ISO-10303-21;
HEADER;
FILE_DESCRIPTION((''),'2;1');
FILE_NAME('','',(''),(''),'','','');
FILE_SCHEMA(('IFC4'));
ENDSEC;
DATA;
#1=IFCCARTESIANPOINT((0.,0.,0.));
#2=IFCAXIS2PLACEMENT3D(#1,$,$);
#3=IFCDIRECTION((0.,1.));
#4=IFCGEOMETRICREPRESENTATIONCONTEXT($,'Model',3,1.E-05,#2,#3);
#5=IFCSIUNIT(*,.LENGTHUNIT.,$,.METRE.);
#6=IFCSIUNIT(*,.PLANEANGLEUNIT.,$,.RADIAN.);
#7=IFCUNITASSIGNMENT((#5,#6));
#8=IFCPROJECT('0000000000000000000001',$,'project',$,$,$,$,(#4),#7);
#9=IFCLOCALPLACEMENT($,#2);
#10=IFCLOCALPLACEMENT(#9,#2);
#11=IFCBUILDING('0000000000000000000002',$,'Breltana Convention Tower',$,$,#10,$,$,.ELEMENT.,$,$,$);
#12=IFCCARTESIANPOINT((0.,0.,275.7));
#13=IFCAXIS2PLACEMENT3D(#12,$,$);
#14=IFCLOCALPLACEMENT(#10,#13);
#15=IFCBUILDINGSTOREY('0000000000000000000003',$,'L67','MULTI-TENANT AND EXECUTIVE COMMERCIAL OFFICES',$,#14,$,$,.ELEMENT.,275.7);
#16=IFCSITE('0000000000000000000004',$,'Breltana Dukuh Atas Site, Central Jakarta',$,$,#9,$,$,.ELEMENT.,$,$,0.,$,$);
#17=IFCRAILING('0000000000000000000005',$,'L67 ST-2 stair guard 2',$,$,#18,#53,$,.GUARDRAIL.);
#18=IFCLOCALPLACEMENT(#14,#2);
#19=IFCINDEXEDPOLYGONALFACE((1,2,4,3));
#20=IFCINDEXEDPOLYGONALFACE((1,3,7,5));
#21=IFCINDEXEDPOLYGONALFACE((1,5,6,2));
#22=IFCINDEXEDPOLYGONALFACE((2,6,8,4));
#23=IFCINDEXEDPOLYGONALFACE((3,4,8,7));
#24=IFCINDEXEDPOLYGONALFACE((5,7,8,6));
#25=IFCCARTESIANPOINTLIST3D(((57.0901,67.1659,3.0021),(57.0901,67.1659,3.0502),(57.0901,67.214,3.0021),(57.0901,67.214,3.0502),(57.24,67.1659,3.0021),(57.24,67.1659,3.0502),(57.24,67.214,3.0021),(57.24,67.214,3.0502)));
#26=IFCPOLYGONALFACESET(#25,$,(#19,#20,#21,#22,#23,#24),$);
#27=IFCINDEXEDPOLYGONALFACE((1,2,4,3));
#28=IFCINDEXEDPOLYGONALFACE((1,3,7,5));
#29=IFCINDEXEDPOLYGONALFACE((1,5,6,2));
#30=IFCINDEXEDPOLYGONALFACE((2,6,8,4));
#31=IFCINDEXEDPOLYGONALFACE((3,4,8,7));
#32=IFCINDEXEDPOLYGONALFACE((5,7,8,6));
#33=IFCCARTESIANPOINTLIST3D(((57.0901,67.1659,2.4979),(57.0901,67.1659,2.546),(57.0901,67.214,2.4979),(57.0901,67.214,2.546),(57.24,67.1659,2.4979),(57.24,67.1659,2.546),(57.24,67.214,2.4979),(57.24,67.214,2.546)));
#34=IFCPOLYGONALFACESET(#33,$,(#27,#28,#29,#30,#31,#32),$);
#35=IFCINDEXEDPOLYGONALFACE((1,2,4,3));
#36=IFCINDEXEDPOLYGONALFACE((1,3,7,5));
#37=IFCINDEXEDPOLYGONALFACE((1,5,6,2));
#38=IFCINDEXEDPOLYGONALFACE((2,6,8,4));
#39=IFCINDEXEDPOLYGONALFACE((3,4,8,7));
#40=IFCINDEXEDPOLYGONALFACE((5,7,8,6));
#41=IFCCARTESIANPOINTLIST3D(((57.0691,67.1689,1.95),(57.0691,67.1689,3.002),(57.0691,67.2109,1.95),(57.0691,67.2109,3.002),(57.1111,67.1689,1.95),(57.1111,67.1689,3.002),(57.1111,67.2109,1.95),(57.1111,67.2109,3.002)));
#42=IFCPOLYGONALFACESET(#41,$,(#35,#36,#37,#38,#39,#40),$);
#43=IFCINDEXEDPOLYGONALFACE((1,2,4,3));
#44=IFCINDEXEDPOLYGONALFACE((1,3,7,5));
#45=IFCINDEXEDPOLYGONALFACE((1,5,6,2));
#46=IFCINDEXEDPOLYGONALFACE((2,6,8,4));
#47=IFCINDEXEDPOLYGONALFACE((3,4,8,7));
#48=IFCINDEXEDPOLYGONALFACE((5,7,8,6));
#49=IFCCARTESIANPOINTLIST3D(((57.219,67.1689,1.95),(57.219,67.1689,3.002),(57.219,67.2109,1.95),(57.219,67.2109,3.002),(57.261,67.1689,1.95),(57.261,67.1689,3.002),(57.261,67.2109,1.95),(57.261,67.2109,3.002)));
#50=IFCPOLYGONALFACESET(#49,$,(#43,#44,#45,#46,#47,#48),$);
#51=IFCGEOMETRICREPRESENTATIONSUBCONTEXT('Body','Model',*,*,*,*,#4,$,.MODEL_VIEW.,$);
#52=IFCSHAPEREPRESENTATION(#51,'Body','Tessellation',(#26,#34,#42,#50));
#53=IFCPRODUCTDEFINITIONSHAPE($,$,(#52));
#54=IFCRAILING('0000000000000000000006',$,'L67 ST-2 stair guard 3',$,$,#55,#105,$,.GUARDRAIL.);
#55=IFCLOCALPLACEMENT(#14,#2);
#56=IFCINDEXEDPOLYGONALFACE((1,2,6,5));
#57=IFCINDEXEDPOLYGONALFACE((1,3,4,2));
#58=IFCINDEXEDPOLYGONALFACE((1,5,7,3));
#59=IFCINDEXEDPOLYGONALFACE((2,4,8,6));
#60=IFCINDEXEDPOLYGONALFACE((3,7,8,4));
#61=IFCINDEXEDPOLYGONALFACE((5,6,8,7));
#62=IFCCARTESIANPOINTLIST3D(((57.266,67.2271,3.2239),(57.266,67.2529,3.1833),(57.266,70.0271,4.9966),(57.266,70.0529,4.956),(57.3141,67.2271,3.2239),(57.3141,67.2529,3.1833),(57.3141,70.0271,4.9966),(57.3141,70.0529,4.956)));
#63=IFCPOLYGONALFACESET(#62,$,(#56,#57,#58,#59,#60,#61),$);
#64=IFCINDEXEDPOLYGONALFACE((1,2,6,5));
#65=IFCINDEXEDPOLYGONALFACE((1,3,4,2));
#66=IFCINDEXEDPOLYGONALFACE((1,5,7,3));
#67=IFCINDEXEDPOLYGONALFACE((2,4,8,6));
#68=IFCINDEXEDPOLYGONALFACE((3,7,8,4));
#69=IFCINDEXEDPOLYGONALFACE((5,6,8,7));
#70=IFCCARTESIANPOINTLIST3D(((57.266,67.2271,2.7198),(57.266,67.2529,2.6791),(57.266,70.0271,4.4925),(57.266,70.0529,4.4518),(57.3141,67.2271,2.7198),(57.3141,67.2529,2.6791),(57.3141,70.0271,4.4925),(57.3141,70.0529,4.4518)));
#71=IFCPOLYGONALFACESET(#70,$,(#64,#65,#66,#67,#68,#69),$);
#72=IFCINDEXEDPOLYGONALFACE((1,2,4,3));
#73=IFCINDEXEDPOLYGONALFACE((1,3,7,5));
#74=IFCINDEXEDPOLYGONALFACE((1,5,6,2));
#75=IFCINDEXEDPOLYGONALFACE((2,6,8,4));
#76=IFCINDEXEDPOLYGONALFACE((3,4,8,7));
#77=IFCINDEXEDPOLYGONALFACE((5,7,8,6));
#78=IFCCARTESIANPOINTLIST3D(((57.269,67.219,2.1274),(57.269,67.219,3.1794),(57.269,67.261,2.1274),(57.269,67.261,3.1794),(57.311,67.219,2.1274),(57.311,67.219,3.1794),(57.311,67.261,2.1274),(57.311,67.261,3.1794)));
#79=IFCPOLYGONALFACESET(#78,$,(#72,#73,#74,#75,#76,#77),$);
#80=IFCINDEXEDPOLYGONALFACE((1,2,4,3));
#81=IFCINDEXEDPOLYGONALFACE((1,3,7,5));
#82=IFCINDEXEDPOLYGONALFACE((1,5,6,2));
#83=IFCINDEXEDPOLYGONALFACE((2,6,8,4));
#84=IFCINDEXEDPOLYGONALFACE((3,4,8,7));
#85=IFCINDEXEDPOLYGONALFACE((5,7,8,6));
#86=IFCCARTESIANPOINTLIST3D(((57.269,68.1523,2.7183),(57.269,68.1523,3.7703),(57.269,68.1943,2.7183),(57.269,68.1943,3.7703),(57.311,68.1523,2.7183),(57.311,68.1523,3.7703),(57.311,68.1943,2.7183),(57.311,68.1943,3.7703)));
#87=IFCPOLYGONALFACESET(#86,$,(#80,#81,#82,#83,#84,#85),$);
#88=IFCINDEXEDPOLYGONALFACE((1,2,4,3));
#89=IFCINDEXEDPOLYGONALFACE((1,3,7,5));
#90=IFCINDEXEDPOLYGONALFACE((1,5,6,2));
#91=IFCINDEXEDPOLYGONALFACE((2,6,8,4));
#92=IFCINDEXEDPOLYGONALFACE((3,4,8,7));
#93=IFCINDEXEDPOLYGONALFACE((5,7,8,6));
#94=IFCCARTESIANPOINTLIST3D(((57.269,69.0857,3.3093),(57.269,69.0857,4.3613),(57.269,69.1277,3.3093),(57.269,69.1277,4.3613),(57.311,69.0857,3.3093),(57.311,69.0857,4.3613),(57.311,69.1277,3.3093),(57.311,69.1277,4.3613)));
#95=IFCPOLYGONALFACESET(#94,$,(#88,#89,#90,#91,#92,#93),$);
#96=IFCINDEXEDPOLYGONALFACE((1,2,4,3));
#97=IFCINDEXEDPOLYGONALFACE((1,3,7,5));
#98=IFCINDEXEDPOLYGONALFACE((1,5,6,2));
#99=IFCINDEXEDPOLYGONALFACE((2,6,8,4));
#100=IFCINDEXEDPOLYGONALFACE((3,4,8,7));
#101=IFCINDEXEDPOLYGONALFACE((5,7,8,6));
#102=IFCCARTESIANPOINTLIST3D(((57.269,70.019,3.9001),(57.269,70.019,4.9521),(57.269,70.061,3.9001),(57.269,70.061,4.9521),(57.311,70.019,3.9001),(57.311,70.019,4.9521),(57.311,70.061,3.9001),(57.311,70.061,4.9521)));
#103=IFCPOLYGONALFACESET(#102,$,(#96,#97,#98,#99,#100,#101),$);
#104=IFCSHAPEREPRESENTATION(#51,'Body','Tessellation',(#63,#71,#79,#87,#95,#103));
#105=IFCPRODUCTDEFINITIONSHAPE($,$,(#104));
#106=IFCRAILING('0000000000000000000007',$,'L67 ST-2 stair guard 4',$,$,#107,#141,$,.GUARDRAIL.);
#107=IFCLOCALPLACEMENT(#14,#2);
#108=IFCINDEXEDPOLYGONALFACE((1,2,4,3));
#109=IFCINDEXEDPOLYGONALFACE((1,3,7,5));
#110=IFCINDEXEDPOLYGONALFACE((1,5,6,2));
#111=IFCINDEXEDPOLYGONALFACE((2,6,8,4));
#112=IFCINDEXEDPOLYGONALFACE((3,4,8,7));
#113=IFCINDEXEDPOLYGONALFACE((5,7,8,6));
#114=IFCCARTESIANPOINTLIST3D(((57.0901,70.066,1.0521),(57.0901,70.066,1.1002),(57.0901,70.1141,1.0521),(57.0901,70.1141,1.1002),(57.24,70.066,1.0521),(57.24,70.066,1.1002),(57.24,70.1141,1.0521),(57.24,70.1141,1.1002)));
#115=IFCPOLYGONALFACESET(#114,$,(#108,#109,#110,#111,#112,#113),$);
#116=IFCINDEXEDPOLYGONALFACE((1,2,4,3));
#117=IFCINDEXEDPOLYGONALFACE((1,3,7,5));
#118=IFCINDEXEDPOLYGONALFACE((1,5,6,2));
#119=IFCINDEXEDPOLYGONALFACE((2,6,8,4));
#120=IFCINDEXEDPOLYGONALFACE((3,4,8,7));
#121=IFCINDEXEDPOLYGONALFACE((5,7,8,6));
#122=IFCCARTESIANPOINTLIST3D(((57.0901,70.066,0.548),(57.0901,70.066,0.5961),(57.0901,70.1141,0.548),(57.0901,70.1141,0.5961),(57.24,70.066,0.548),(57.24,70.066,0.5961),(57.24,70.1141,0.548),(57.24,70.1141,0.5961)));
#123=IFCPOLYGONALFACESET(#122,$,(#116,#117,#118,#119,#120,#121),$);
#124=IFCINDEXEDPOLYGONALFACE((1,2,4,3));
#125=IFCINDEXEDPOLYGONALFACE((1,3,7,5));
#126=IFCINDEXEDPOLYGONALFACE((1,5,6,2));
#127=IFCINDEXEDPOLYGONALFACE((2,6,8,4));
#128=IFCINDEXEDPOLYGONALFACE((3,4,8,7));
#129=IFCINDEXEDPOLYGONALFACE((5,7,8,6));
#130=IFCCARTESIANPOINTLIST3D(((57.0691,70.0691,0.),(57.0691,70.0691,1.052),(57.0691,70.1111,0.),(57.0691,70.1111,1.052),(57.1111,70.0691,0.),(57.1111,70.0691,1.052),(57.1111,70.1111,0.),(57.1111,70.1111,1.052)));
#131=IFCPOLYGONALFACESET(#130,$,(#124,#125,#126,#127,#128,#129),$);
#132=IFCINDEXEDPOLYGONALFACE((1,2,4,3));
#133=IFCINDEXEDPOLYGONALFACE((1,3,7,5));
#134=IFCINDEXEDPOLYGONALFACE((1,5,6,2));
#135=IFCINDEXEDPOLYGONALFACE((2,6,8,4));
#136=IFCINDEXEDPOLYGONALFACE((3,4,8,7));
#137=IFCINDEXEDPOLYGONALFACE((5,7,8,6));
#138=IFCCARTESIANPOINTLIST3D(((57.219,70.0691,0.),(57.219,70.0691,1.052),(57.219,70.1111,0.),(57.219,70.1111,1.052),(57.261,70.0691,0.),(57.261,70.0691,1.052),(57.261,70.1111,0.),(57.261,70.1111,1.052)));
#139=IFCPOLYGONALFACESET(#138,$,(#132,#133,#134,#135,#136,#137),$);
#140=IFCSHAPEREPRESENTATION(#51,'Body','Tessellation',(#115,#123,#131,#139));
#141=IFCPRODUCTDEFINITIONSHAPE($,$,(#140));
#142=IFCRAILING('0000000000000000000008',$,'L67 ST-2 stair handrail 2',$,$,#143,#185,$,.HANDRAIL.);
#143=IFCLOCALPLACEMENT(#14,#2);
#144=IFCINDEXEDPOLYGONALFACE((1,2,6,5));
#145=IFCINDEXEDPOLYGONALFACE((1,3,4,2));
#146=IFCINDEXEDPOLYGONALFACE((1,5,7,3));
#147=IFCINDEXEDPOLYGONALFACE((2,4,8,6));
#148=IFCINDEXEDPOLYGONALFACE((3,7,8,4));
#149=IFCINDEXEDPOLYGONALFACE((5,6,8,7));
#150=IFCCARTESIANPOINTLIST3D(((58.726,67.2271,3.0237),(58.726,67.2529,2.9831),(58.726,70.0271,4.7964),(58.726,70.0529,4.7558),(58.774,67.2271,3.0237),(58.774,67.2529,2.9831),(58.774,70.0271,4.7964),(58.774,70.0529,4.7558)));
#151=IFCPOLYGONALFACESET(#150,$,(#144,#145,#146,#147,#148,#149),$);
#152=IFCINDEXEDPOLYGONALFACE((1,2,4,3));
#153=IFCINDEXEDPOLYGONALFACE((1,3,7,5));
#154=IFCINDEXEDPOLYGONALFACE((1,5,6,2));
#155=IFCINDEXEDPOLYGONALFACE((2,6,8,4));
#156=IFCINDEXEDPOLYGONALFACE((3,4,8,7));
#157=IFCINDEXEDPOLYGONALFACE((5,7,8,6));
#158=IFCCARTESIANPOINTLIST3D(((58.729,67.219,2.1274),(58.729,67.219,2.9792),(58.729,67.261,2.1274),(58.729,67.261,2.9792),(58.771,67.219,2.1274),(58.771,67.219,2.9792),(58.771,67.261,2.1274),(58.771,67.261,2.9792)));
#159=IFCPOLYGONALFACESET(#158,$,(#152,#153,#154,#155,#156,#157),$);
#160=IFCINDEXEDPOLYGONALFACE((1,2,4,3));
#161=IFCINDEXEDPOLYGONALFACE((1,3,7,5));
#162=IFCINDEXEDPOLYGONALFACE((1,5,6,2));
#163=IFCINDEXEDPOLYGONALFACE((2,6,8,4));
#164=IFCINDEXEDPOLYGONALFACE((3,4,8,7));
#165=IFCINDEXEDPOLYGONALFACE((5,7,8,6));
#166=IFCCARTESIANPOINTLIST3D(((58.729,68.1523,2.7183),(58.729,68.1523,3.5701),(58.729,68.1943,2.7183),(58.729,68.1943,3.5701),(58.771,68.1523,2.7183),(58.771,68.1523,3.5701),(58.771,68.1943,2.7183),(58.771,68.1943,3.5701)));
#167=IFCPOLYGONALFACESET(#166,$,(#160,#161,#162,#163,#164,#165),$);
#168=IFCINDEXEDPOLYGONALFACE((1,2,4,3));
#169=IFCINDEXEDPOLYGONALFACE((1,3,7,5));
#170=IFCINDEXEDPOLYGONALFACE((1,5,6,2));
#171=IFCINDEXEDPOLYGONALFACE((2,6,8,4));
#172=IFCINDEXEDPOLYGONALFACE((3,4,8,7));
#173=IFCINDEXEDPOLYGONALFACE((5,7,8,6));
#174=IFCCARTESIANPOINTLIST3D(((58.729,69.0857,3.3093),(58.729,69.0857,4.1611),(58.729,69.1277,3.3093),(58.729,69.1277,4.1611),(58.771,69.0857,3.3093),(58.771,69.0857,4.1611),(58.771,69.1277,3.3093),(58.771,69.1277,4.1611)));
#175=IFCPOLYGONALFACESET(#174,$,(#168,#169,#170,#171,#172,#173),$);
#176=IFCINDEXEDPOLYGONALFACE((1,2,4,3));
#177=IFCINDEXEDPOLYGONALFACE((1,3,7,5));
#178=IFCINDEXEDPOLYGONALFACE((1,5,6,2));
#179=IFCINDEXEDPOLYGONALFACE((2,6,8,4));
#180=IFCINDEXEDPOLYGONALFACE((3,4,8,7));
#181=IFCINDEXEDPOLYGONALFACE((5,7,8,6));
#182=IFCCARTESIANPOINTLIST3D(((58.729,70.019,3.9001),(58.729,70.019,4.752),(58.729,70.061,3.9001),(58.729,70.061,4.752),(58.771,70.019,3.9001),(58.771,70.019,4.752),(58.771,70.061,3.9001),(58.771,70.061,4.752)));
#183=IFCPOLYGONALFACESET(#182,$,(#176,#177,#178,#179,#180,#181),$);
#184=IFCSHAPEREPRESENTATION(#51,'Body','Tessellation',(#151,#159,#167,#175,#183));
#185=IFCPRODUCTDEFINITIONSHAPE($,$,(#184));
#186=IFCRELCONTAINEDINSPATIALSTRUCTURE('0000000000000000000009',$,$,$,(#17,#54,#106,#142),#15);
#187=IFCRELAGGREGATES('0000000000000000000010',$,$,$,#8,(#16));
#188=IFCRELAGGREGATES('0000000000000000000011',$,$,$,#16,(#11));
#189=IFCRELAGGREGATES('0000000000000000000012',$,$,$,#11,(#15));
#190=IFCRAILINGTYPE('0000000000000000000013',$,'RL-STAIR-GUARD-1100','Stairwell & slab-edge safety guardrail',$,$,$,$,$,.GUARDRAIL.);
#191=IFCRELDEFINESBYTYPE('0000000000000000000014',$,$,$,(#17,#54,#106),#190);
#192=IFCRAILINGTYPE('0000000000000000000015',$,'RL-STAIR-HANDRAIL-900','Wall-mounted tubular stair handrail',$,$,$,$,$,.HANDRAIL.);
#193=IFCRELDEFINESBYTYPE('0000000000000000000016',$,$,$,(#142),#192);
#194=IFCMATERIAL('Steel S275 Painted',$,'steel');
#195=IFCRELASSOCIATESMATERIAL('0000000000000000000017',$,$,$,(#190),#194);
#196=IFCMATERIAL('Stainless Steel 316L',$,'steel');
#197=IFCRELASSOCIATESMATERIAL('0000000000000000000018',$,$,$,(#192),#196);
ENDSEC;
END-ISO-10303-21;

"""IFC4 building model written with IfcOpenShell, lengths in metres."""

from ifc_helpers import new_model, si_unit, direction, frame, origin, origin_2d, place, context, subcontext, project, spatial, rectangle, extrude, material, type_object, element, save


model = new_model("IFC4")

# Units and contexts
model_context = context("Model", 3, precision=1e-05, world=origin(), true_north=direction((0.0, 1.0)))
body_context = subcontext(model_context, "Body", "Model", "MODEL_VIEW")
ifc_project = project(units=[si_unit("LENGTHUNIT", "METRE"), si_unit("PLANEANGLEUNIT", "RADIAN")], contexts=[model_context])

# Site, building, storey
site_placement = place(None, origin())
site = spatial("IfcSite", under=ifc_project, at=site_placement, Name="Breltana Dukuh Atas Site, Central Jakarta", CompositionType="ELEMENT", RefElevation=0.0)
building_placement = place(site_placement, origin())
building = spatial("IfcBuilding", under=site, at=building_placement, Name="Breltana Convention Tower", CompositionType="ELEMENT")
storey_placement = place(building_placement, frame((0.0, 0.0, 275.7)))
storey = spatial("IfcBuildingStorey", under=building, at=storey_placement, Name="L67", Description="MULTI-TENANT AND EXECUTIVE COMMERCIAL OFFICES", CompositionType="ELEMENT", Elevation=275.7)

# Railings
ifc_material_1 = material(Name="Steel S275 Painted", Category="steel")
railing_type_1 = type_object("IfcRailingType", Name="RL-STAIR-GUARD-1100", Description="Stairwell & slab-edge safety guardrail", PredefinedType="GUARDRAIL", material=ifc_material_1)
railing_1_placement = place(storey_placement, frame((57.0901, 67.1899, 1.95)))
element("IfcRailing", 1, at=railing_1_placement, inside=storey, type_object=railing_type_1, Name="L67 ST-2 stair guard 2", PredefinedType="GUARDRAIL", context=body_context, shape_type="SweptSolid", body=[
    extrude(rectangle(XDim=0.0481, YDim=0.0481, at=origin_2d()), frame((0.0, 0.0, 1.0762), z_axis=(1.0, 0.0, 0.0), x_axis=(0.0, 1.0, 0.0)), (0.0, 0.0, 1.0), 0.1499),
    extrude(rectangle(XDim=0.0481, YDim=0.0481, at=origin_2d()), frame((0.0, 0.0, 0.572), z_axis=(1.0, 0.0, 0.0), x_axis=(0.0, 1.0, 0.0)), (0.0, 0.0, 1.0), 0.1499),
    extrude(rectangle(XDim=0.042, YDim=0.042, at=origin_2d()), origin(), (0.0, 0.0, 1.0), 1.052),
    extrude(rectangle(XDim=0.042, YDim=0.042, at=origin_2d()), frame((0.1499, 0.0, 0.0)), (0.0, 0.0, 1.0), 1.052),
])
railing_2_placement = place(storey_placement, frame((57.29, 67.24, 2.1274)))
element("IfcRailing", 2, at=railing_2_placement, inside=storey, type_object=railing_type_1, Name="L67 ST-2 stair guard 3", PredefinedType="GUARDRAIL", context=body_context, shape_type="SweptSolid", body=[
    extrude(rectangle(XDim=0.0481, YDim=0.0481, at=origin_2d()), frame((0.0, 0.0, 1.0762), z_axis=(0.0, 0.844909, 0.53491), x_axis=(-1.0, 0.0, 0.0)), (0.0, 0.0, 1.0), 3.314),
    extrude(rectangle(XDim=0.0481, YDim=0.0481, at=origin_2d()), frame((0.0, 0.0, 0.572), z_axis=(0.0, 0.844909, 0.53491), x_axis=(-1.0, 0.0, 0.0)), (0.0, 0.0, 1.0), 3.314),
    extrude(rectangle(XDim=0.042, YDim=0.042, at=origin_2d()), origin(), (0.0, 0.0, 1.0), 1.052),
    extrude(rectangle(XDim=0.042, YDim=0.042, at=origin_2d()), frame((0.0, 0.9333, 0.5908)), (0.0, 0.0, 1.0), 1.052),
    extrude(rectangle(XDim=0.042, YDim=0.042, at=origin_2d()), frame((0.0, 1.8667, 1.1819)), (0.0, 0.0, 1.0), 1.052),
    extrude(rectangle(XDim=0.042, YDim=0.042, at=origin_2d()), frame((0.0, 2.8, 1.7727)), (0.0, 0.0, 1.0), 1.052),
])
railing_3_placement = place(storey_placement, frame((57.0901, 70.0901, 0.0)))
element("IfcRailing", 3, at=railing_3_placement, inside=storey, type_object=railing_type_1, Name="L67 ST-2 stair guard 4", PredefinedType="GUARDRAIL", context=body_context, shape_type="SweptSolid", body=[
    extrude(rectangle(XDim=0.0481, YDim=0.0481, at=origin_2d()), frame((0.0, 0.0, 1.0762), z_axis=(1.0, 0.0, 0.0), x_axis=(0.0, 1.0, 0.0)), (0.0, 0.0, 1.0), 0.1499),
    extrude(rectangle(XDim=0.0481, YDim=0.0481, at=origin_2d()), frame((0.0, 0.0, 0.572), z_axis=(1.0, 0.0, 0.0), x_axis=(0.0, 1.0, 0.0)), (0.0, 0.0, 1.0), 0.1499),
    extrude(rectangle(XDim=0.042, YDim=0.042, at=origin_2d()), origin(), (0.0, 0.0, 1.0), 1.052),
    extrude(rectangle(XDim=0.042, YDim=0.042, at=origin_2d()), frame((0.1499, 0.0, 0.0)), (0.0, 0.0, 1.0), 1.052),
])
ifc_material_2 = material(Name="Stainless Steel 316L", Category="steel")
railing_type_2 = type_object("IfcRailingType", Name="RL-STAIR-HANDRAIL-900", Description="Wall-mounted tubular stair handrail", PredefinedType="HANDRAIL", material=ifc_material_2)
railing_4_placement = place(storey_placement, frame((58.75, 67.24, 2.1274)))
element("IfcRailing", 4, at=railing_4_placement, inside=storey, type_object=railing_type_2, Name="L67 ST-2 stair handrail 2", PredefinedType="HANDRAIL", context=body_context, shape_type="SweptSolid", body=[
    extrude(rectangle(XDim=0.0481, YDim=0.0481, at=origin_2d()), frame((0.0, 0.0, 0.876), z_axis=(0.0, 0.844909, 0.53491), x_axis=(-1.0, 0.0, 0.0)), (0.0, 0.0, 1.0), 3.314),
    extrude(rectangle(XDim=0.042, YDim=0.042, at=origin_2d()), origin(), (0.0, 0.0, 1.0), 0.8518),
    extrude(rectangle(XDim=0.042, YDim=0.042, at=origin_2d()), frame((0.0, 0.9333, 0.5908)), (0.0, 0.0, 1.0), 0.8518),
    extrude(rectangle(XDim=0.042, YDim=0.042, at=origin_2d()), frame((0.0, 1.8667, 1.1819)), (0.0, 0.0, 1.0), 0.8518),
    extrude(rectangle(XDim=0.042, YDim=0.042, at=origin_2d()), frame((0.0, 2.8, 1.7727)), (0.0, 0.0, 1.0), 0.8518),
])

save(model, "model.ifc")
